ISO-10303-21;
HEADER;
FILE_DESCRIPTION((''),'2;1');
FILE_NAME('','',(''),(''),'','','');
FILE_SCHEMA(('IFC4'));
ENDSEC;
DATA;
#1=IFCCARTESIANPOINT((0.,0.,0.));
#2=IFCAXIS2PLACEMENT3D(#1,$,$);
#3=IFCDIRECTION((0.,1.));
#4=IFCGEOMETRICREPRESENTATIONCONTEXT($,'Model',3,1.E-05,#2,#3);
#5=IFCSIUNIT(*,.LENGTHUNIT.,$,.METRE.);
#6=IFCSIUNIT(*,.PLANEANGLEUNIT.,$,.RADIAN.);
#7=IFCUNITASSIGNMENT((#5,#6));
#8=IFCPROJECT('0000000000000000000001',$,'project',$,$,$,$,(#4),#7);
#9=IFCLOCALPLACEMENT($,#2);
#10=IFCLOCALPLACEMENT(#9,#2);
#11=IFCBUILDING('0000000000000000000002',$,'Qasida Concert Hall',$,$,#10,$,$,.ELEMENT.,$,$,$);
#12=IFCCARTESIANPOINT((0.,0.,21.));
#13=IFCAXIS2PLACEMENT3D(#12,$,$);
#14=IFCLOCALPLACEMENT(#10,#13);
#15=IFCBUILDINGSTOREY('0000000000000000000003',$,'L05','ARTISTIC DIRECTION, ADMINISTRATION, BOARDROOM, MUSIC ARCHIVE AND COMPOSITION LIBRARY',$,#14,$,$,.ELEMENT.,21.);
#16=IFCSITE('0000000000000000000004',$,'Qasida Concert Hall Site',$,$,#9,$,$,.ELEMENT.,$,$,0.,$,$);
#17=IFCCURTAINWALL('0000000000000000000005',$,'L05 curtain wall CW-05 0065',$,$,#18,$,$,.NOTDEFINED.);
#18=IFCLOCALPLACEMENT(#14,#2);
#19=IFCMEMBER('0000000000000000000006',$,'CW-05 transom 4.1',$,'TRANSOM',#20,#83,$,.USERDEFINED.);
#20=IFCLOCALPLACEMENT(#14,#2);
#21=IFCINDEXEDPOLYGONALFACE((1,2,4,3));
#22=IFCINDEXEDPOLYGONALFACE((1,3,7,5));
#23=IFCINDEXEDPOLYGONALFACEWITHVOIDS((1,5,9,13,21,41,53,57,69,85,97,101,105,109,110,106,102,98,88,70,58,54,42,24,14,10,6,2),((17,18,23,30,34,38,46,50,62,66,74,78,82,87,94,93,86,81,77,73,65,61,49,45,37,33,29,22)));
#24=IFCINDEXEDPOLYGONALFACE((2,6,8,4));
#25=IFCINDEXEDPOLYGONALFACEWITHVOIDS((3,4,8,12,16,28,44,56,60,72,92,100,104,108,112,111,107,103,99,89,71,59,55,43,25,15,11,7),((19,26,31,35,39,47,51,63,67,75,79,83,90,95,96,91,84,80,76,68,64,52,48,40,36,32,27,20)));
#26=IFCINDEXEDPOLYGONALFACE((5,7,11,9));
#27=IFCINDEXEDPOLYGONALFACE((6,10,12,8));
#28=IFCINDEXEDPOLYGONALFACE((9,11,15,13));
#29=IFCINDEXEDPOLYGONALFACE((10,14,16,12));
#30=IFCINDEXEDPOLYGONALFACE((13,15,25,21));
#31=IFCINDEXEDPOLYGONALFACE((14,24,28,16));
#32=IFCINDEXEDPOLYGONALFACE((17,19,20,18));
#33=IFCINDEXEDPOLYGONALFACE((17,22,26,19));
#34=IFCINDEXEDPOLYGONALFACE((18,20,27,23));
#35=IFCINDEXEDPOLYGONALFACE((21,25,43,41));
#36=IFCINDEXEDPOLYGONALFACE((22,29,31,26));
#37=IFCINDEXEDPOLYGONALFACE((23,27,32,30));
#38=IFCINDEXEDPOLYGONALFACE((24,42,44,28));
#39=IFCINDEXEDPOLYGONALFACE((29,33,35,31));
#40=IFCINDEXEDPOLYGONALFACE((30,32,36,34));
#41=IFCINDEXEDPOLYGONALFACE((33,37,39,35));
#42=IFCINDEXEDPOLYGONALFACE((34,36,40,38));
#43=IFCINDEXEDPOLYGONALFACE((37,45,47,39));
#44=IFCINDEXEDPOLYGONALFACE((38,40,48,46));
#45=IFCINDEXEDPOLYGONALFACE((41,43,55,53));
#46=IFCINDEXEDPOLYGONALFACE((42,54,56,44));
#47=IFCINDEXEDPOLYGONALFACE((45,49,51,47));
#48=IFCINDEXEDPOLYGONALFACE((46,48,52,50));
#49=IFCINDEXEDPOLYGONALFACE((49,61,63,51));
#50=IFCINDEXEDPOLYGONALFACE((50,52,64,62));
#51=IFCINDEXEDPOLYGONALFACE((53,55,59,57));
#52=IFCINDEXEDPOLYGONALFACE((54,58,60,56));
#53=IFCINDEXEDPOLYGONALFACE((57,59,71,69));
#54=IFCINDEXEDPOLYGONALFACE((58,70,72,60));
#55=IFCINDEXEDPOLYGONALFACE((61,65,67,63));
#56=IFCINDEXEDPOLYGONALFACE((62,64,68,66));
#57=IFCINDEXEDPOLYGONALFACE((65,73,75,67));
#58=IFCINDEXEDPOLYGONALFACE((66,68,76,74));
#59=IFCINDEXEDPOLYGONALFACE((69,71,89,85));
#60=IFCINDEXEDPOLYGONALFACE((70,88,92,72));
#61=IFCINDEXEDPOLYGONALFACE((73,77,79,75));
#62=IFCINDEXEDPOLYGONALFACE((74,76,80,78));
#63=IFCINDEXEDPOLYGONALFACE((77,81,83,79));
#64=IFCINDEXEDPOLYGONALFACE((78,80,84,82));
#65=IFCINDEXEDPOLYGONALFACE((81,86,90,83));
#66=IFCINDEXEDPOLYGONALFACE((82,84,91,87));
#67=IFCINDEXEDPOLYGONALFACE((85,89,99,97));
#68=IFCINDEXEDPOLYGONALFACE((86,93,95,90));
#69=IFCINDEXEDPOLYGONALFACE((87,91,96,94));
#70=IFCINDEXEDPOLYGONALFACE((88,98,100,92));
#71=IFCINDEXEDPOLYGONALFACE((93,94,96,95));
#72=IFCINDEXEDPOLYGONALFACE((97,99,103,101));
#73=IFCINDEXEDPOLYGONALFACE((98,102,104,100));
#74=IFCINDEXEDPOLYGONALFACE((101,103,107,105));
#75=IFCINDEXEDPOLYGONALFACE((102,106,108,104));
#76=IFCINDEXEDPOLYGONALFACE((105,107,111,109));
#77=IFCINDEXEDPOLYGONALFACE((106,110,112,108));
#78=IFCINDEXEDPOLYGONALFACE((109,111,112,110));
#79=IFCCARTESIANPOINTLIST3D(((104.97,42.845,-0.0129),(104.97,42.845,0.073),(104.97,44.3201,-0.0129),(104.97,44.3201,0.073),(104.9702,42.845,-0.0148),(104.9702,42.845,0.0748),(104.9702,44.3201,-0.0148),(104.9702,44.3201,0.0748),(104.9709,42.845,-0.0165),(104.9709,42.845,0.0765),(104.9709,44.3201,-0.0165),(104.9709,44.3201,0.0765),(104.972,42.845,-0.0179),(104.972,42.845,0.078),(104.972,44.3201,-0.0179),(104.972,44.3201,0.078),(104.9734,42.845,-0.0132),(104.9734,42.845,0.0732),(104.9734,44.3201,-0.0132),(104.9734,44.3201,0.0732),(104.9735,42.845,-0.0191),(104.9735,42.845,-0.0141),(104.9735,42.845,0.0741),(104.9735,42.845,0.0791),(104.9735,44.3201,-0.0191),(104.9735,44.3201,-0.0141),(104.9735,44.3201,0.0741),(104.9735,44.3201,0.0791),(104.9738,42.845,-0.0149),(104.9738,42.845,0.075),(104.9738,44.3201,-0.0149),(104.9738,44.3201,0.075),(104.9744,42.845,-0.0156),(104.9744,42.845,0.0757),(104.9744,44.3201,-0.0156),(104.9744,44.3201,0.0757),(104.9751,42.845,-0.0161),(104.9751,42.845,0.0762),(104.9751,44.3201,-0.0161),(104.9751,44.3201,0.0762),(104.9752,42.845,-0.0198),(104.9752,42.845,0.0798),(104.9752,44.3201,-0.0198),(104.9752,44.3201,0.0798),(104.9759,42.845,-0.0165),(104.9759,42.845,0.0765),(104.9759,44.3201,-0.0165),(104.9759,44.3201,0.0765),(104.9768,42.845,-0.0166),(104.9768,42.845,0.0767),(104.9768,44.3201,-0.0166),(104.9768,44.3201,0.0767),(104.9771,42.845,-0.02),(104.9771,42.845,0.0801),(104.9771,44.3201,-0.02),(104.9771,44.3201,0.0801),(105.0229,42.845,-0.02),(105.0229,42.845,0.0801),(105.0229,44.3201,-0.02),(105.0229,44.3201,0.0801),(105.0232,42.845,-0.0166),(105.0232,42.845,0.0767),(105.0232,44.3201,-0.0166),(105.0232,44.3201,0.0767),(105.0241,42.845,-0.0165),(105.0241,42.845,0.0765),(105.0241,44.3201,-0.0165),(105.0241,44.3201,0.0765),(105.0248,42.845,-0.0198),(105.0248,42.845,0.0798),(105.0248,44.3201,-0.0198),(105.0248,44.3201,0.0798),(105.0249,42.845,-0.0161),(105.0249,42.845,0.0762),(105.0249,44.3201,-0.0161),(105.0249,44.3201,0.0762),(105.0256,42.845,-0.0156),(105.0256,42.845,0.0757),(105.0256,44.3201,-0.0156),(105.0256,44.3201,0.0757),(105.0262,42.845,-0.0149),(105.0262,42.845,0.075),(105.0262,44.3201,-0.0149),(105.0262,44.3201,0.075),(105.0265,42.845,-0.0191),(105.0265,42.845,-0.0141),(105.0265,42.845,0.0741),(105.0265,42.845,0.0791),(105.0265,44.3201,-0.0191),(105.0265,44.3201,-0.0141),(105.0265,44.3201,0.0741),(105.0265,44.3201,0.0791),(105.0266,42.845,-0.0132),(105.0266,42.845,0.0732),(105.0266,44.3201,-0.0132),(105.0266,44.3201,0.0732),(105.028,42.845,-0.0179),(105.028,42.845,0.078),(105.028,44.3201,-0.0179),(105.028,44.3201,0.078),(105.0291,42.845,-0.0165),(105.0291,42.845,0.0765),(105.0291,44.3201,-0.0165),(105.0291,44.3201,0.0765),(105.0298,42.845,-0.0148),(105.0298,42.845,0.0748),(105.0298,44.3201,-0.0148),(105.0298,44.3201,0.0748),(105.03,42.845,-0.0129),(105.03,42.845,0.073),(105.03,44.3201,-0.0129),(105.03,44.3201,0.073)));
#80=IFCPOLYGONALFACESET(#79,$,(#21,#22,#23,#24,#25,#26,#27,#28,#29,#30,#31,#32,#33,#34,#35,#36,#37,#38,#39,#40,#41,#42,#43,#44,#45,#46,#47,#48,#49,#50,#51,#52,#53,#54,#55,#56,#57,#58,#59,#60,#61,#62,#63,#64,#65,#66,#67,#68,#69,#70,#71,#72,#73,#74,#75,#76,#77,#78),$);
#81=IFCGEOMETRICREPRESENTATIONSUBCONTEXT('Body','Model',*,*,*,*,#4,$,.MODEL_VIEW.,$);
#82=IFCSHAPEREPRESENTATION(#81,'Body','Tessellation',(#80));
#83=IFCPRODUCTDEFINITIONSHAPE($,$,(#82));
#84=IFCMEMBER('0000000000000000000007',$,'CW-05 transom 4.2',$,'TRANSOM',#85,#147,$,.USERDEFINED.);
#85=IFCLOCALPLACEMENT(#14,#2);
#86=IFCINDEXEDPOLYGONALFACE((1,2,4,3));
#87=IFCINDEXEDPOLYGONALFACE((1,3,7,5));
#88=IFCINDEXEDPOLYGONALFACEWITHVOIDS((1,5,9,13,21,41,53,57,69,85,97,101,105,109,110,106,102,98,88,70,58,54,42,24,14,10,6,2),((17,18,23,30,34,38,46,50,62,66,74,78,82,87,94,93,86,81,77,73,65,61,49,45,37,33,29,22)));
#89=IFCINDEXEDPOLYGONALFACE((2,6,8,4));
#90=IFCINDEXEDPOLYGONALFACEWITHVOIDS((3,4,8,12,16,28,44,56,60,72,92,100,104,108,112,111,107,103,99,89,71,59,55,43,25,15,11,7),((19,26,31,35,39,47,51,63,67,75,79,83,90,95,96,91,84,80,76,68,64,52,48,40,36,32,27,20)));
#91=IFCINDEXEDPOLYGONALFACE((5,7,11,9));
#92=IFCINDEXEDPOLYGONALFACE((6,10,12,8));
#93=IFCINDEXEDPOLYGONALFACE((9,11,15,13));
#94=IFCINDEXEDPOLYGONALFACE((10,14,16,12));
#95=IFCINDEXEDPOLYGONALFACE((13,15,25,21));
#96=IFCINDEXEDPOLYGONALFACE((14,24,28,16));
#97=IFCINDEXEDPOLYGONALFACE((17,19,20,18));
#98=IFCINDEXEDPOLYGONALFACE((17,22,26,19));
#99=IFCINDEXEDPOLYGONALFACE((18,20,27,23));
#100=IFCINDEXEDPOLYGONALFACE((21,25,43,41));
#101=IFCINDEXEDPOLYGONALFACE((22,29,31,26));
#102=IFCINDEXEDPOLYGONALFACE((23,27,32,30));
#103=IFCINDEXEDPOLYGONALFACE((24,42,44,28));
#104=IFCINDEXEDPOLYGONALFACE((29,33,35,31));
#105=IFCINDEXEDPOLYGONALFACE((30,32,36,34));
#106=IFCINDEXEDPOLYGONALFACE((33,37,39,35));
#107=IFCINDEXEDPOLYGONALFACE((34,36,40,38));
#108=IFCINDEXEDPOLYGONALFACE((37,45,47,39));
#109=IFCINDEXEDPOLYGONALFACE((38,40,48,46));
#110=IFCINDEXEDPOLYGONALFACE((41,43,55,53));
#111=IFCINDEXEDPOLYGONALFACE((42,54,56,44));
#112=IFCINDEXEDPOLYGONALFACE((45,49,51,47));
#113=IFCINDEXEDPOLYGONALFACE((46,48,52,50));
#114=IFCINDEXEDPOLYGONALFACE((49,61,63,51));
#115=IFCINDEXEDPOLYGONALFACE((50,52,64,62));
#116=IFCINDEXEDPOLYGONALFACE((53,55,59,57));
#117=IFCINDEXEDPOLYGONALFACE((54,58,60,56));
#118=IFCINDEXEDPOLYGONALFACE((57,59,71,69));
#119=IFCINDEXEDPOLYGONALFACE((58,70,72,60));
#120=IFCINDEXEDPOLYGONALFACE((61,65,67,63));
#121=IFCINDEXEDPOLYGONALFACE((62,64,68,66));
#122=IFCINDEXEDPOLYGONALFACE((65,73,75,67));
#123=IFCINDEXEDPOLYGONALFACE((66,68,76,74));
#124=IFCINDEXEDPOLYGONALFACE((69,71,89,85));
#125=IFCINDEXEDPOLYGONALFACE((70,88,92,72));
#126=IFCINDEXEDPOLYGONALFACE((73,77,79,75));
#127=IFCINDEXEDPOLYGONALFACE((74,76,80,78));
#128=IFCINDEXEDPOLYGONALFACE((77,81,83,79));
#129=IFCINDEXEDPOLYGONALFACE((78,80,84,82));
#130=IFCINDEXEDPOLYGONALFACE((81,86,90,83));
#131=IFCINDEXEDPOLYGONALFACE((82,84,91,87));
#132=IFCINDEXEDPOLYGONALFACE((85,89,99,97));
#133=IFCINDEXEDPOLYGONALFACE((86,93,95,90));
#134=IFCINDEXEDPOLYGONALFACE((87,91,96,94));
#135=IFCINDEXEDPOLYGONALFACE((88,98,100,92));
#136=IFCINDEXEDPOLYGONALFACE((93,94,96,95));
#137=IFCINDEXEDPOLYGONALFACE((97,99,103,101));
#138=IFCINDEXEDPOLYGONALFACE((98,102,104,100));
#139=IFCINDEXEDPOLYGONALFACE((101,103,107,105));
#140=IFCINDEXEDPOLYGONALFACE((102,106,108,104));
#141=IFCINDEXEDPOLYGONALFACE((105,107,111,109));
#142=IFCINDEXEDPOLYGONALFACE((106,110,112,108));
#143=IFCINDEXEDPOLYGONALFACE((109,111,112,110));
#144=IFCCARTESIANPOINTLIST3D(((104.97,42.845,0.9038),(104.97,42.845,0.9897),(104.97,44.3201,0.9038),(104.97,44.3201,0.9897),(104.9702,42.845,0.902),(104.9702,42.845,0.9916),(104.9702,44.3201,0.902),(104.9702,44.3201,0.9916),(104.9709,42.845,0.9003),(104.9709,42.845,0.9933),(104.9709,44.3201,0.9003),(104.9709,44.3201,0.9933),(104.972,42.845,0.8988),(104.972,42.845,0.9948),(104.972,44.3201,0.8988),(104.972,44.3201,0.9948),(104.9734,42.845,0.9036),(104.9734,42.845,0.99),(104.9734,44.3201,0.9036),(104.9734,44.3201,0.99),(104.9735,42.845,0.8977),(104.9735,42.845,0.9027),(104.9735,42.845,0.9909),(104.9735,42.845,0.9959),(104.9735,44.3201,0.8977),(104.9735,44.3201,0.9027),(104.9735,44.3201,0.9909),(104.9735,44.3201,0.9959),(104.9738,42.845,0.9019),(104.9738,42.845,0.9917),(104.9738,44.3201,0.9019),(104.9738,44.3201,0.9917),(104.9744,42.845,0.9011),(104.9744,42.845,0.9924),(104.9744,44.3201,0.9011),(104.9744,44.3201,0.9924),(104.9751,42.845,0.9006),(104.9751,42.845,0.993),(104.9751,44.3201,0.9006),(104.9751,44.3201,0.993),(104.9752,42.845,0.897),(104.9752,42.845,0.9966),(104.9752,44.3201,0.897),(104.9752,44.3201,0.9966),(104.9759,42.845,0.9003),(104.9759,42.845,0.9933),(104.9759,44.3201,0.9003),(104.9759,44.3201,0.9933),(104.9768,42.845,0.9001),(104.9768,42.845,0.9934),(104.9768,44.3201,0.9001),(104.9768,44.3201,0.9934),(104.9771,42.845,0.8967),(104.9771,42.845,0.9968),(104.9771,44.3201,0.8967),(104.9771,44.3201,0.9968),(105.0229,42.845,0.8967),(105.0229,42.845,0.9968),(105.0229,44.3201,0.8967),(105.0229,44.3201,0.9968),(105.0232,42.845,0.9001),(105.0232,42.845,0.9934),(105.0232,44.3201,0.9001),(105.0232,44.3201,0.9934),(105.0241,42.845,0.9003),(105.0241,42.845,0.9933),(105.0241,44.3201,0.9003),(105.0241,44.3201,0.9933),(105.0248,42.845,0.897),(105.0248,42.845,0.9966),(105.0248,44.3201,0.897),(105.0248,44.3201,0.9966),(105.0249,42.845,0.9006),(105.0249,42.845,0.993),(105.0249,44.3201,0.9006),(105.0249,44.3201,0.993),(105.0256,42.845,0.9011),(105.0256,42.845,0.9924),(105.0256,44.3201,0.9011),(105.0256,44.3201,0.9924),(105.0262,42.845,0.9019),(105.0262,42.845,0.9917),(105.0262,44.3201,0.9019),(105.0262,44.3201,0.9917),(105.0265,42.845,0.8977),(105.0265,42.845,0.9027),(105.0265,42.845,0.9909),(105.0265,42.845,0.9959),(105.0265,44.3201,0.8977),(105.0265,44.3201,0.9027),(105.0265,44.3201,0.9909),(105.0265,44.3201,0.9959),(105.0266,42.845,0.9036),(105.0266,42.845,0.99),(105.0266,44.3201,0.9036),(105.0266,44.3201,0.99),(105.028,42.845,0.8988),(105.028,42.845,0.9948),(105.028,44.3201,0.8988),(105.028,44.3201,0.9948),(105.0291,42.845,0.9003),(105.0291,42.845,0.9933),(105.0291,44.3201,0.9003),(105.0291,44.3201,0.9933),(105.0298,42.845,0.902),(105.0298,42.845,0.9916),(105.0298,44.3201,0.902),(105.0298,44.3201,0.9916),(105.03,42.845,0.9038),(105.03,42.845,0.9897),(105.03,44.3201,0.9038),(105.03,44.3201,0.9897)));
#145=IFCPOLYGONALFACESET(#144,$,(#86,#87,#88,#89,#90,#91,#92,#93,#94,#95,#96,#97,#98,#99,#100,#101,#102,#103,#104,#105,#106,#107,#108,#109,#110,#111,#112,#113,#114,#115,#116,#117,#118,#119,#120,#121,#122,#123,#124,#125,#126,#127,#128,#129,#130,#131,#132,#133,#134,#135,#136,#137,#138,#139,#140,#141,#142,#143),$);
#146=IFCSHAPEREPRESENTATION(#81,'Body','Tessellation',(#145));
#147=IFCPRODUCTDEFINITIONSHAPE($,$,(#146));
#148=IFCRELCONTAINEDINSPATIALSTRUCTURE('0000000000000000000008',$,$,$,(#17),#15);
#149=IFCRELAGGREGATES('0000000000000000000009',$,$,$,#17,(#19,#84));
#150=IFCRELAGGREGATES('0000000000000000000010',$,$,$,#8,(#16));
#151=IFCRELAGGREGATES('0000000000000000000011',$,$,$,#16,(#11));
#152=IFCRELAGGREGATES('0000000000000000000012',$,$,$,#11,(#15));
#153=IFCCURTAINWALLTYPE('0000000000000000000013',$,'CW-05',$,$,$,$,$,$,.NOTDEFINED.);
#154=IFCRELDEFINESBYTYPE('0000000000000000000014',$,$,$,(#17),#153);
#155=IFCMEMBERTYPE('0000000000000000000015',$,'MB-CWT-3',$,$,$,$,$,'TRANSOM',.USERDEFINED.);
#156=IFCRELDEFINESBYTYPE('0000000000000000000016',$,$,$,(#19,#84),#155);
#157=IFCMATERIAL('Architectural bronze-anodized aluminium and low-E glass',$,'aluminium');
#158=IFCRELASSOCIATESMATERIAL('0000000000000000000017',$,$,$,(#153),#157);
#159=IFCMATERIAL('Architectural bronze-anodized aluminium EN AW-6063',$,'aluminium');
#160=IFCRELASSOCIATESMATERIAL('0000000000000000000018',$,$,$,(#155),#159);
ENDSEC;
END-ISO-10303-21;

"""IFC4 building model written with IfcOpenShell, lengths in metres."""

from ifc_helpers import new_model, si_unit, direction, frame, origin, origin_2d, place, context, subcontext, project, spatial, hollow_rectangle, extrude, material, material_profile, profile_set, type_object, element, aggregate, save


model = new_model("IFC4")

# Units and contexts
model_context = context("Model", 3, precision=1e-05, world=origin(), true_north=direction((0.0, 1.0)))
body_context = subcontext(model_context, "Body", "Model", "MODEL_VIEW")
ifc_project = project(units=[si_unit("LENGTHUNIT", "METRE"), si_unit("PLANEANGLEUNIT", "RADIAN")], contexts=[model_context])

# Site, building, storey
site_placement = place(None, origin())
site = spatial("IfcSite", under=ifc_project, at=site_placement, Name="Qasida Concert Hall Site", CompositionType="ELEMENT", RefElevation=0.0)
building_placement = place(site_placement, origin())
building = spatial("IfcBuilding", under=site, at=building_placement, Name="Qasida Concert Hall", CompositionType="ELEMENT")
storey_placement = place(building_placement, frame((0.0, 0.0, 21.0)))
storey = spatial("IfcBuildingStorey", under=building, at=storey_placement, Name="L05", Description="ARTISTIC DIRECTION, ADMINISTRATION, BOARDROOM, MUSIC ARCHIVE AND COMPOSITION LIBRARY", CompositionType="ELEMENT", Elevation=21.0)

# Curtain wall, members
ifc_material_1 = material(Name="Architectural bronze-anodized aluminium and low-E glass", Category="aluminium")
curtain_wall_type = type_object("IfcCurtainWallType", Name="CW-05", PredefinedType="NOTDEFINED", material=ifc_material_1)
curtain_wall_placement = place(storey_placement, origin())
curtain_wall = element("IfcCurtainWall", 1, at=curtain_wall_placement, inside=storey, type_object=curtain_wall_type, Name="L05 curtain wall CW-05 0065", PredefinedType="NOTDEFINED")
ifc_material_2 = material(Name="Architectural bronze-anodized aluminium EN AW-6063", Category="aluminium")
ifc_material_profile_1 = material_profile(ifc_material_2, hollow_rectangle(XDim=0.0601, YDim=0.1001, WallThickness=0.0034, InnerFilletRadius=0.0034, OuterFilletRadius=0.0071, at=origin_2d()), Name="CWT 100x60x3.5")
ifc_profile_set_1 = profile_set([ifc_material_profile_1], Name="Architectural bronze-anodized aluminium EN AW-6063")
member_type_1 = type_object("IfcMemberType", Name="MB-CWT-3", ElementType="TRANSOM", PredefinedType="USERDEFINED", material=ifc_profile_set_1)
member_1_placement = place(storey_placement, frame((105.0, 42.845, 0.03), z_axis=(0.0, 1.0, 0.0), x_axis=(-1.0, 0.0, 0.0)))
member_1 = element("IfcMember", 2, at=member_1_placement, type_object=member_type_1, Name="CW-05 transom 4.1", ObjectType="TRANSOM", PredefinedType="USERDEFINED", context=body_context, shape_type="SweptSolid", body=[
    extrude(hollow_rectangle(XDim=0.0601, YDim=0.1001, WallThickness=0.0034, InnerFilletRadius=0.0034, OuterFilletRadius=0.0071, at=origin_2d()), origin(), (0.0, 0.0, 1.0), 1.4751),
])
member_2_placement = place(storey_placement, frame((105.0, 42.845, 0.9468), z_axis=(0.0, 1.0, 0.0), x_axis=(-1.0, 0.0, 0.0)))
member_2 = element("IfcMember", 3, at=member_2_placement, type_object=member_type_1, Name="CW-05 transom 4.2", ObjectType="TRANSOM", PredefinedType="USERDEFINED", context=body_context, shape_type="SweptSolid", body=[
    extrude(hollow_rectangle(XDim=0.0601, YDim=0.1001, WallThickness=0.0034, InnerFilletRadius=0.0034, OuterFilletRadius=0.0071, at=origin_2d()), origin(), (0.0, 0.0, 1.0), 1.4751),
])
aggregate(curtain_wall, [member_1, member_2])

save(model, "model.ifc")
